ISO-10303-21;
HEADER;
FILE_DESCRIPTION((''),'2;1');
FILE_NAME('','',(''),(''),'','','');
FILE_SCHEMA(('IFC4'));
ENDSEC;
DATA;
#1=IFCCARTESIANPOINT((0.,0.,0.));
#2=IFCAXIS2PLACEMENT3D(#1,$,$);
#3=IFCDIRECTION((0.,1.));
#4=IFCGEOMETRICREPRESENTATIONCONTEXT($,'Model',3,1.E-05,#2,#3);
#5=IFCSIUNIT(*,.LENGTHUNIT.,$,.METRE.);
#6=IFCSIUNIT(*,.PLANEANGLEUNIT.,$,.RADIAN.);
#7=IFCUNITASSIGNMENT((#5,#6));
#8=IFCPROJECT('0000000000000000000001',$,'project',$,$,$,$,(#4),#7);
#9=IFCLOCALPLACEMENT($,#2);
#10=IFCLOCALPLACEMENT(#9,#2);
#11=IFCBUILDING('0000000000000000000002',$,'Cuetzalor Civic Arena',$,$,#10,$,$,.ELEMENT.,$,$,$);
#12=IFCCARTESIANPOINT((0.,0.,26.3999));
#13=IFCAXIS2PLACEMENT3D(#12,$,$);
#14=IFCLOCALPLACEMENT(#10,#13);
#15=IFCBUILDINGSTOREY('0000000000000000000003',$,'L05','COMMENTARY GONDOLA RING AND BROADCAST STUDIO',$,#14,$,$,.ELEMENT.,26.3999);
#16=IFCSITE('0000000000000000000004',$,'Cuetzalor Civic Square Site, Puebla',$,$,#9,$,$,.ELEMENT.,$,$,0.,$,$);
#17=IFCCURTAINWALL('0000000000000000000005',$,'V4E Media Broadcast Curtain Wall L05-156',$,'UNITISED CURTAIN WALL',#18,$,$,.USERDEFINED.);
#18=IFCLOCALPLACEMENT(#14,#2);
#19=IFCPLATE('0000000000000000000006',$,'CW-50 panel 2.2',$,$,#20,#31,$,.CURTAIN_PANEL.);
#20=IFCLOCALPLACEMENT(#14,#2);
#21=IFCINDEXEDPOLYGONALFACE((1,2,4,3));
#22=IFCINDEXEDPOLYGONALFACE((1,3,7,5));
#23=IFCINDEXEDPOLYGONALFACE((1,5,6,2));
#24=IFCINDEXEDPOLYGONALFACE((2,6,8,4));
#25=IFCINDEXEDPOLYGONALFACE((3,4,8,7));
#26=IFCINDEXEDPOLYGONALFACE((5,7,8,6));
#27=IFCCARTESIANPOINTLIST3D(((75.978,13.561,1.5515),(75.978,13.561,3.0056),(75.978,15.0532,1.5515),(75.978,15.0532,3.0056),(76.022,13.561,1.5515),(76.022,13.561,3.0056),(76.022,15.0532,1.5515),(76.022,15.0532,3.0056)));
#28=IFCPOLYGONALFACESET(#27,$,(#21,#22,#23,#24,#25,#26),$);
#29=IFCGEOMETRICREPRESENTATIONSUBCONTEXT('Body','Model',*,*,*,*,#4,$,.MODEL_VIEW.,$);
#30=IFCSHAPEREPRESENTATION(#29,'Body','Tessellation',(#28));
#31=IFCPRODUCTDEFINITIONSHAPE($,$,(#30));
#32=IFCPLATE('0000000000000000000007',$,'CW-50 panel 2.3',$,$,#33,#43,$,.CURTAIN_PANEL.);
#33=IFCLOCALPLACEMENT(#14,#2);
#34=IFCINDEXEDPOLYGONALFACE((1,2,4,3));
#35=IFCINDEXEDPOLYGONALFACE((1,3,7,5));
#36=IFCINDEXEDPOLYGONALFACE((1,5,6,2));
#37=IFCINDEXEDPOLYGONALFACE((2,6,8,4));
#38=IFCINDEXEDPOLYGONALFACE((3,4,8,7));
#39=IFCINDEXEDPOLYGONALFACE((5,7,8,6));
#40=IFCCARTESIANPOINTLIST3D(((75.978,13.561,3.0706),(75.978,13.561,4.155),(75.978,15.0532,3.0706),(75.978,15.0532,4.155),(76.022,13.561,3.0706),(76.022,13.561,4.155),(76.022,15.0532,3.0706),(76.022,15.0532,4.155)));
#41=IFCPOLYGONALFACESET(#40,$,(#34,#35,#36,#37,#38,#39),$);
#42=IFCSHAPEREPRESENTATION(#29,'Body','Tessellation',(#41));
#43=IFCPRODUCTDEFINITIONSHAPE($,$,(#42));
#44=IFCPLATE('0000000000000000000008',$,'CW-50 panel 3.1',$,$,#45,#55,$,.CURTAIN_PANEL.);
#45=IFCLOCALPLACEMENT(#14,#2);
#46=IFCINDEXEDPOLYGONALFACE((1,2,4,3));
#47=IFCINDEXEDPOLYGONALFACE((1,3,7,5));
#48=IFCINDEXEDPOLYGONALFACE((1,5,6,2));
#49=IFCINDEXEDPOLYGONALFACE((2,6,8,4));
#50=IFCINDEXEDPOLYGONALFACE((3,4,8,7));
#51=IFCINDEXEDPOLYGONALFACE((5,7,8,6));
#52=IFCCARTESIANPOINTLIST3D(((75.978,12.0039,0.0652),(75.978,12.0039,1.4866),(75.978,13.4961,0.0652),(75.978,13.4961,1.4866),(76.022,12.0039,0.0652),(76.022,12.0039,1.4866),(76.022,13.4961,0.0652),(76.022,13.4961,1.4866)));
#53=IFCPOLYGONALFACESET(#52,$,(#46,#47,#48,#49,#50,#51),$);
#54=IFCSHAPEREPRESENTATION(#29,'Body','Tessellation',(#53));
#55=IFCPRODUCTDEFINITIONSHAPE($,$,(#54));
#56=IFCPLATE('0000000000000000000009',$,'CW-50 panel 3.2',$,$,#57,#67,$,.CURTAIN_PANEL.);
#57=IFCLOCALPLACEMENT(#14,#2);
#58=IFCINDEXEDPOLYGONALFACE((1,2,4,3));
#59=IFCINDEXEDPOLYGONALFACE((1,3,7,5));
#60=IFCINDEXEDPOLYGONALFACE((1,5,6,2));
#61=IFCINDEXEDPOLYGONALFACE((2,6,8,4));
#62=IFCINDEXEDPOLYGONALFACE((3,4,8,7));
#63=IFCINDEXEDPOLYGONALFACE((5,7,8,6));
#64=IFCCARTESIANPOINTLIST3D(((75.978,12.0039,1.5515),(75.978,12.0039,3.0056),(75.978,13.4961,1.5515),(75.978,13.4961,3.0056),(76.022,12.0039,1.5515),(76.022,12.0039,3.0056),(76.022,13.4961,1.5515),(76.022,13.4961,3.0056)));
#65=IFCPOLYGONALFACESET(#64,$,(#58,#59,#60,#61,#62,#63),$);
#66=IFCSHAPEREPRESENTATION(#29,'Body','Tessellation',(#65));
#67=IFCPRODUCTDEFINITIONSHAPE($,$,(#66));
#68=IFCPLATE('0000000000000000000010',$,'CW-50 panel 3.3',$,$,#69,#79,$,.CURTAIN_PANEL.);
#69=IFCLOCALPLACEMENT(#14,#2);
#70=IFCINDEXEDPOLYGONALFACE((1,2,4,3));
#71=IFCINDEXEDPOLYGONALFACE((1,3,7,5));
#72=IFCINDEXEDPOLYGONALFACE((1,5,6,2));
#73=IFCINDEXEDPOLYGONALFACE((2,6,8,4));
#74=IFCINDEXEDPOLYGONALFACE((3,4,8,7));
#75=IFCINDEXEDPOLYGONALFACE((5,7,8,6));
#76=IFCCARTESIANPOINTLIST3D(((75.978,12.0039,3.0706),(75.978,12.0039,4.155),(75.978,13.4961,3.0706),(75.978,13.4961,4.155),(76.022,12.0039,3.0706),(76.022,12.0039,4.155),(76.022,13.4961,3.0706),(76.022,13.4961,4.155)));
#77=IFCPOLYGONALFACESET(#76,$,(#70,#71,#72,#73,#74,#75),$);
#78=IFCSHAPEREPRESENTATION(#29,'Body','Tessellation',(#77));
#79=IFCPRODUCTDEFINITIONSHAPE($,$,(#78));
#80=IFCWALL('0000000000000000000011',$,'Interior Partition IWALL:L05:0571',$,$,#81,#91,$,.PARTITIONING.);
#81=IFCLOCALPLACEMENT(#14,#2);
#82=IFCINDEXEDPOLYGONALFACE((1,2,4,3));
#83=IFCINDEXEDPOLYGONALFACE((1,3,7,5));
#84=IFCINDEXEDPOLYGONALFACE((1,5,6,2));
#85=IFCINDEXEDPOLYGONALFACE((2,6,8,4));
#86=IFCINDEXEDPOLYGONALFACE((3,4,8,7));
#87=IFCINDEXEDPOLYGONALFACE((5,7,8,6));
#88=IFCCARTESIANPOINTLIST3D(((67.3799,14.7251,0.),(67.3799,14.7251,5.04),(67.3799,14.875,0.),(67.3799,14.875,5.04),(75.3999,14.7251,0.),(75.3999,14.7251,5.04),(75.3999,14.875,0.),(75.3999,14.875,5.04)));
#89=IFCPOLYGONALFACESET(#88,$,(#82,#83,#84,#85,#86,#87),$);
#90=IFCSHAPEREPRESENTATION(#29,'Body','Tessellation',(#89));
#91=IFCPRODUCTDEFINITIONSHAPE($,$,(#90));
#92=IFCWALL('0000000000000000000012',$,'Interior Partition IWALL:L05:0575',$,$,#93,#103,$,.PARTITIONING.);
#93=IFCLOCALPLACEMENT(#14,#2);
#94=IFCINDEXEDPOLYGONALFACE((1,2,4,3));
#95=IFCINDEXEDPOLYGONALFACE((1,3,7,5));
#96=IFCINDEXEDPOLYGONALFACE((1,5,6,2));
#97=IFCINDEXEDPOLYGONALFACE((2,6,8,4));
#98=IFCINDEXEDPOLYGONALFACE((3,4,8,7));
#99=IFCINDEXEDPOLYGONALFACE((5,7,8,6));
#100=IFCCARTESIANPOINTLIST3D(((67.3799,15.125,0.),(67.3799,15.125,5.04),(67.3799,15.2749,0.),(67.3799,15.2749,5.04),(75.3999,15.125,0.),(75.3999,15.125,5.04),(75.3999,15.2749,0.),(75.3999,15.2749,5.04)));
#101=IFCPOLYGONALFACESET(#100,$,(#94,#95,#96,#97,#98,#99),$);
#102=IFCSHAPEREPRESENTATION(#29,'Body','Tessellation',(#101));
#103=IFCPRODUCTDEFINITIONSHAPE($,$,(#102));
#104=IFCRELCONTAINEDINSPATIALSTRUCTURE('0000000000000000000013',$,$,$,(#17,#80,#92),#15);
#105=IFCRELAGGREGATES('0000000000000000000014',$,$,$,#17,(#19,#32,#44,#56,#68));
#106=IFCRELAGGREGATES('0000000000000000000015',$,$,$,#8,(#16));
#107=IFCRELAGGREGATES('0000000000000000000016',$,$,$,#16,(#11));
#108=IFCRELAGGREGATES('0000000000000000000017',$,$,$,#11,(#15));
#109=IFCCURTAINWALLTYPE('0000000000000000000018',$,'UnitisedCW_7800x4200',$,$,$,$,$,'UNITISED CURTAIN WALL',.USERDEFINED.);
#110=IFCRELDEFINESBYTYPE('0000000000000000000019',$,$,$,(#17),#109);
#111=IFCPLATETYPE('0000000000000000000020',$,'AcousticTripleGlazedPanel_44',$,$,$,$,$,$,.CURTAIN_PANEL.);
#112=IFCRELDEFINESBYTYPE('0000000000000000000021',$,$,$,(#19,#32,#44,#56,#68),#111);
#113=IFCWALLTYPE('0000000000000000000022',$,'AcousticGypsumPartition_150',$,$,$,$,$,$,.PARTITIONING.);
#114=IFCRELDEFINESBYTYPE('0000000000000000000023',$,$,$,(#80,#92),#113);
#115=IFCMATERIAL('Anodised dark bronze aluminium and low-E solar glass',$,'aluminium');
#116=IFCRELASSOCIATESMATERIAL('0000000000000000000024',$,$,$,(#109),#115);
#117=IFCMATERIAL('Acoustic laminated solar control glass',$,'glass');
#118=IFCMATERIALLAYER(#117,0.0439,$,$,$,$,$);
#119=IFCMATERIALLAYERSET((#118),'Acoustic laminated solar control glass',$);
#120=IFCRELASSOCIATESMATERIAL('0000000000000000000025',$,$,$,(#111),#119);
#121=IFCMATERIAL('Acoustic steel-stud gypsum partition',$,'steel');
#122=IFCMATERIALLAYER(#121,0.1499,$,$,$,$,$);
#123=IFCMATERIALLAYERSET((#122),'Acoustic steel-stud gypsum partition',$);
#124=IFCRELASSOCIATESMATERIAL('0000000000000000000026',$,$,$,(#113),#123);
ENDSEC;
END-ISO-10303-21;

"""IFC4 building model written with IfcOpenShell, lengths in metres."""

from ifc_helpers import new_model, si_unit, direction, frame, frame_2d, origin, origin_2d, place, context, subcontext, project, spatial, rectangle, extrude, material, layer, layer_set, type_object, element, aggregate, save


model = new_model("IFC4")

# Units and contexts
model_context = context("Model", 3, precision=1e-05, world=origin(), true_north=direction((0.0, 1.0)))
body_context = subcontext(model_context, "Body", "Model", "MODEL_VIEW")
ifc_project = project(units=[si_unit("LENGTHUNIT", "METRE"), si_unit("PLANEANGLEUNIT", "RADIAN")], contexts=[model_context])

# Site, building, storey
site_placement = place(None, origin())
site = spatial("IfcSite", under=ifc_project, at=site_placement, Name="Cuetzalor Civic Square Site, Puebla", CompositionType="ELEMENT", RefElevation=0.0)
building_placement = place(site_placement, origin())
building = spatial("IfcBuilding", under=site, at=building_placement, Name="Cuetzalor Civic Arena", CompositionType="ELEMENT")
storey_placement = place(building_placement, frame((0.0, 0.0, 26.3999)))
storey = spatial("IfcBuildingStorey", under=building, at=storey_placement, Name="L05", Description="COMMENTARY GONDOLA RING AND BROADCAST STUDIO", CompositionType="ELEMENT", Elevation=26.3999)

# Curtain wall
ifc_material_1 = material(Name="Anodised dark bronze aluminium and low-E solar glass", Category="aluminium")
curtain_wall_type = type_object("IfcCurtainWallType", Name="UnitisedCW_7800x4200", ElementType="UNITISED CURTAIN WALL", PredefinedType="USERDEFINED", material=ifc_material_1)
curtain_wall_placement = place(storey_placement, origin())
curtain_wall = element("IfcCurtainWall", 1, at=curtain_wall_placement, inside=storey, type_object=curtain_wall_type, Name="V4E Media Broadcast Curtain Wall L05-156", ObjectType="UNITISED CURTAIN WALL", PredefinedType="USERDEFINED")

# Plates
ifc_material_2 = material(Name="Acoustic laminated solar control glass", Category="glass")
ifc_layer_1 = layer(ifc_material_2, 0.0439)
ifc_layer_set_1 = layer_set([ifc_layer_1], Name="Acoustic laminated solar control glass")
plate_type = type_object("IfcPlateType", Name="AcousticTripleGlazedPanel_44", PredefinedType="CURTAIN_PANEL", material=ifc_layer_set_1)
plate_1_placement = place(storey_placement, frame((76.0, 14.3071, 1.5515), z_axis=(0.0, 0.0, 1.0), x_axis=(0.0, -1.0, 0.0)))
plate_1 = element("IfcPlate", 2, at=plate_1_placement, type_object=plate_type, Name="CW-50 panel 2.2", PredefinedType="CURTAIN_PANEL", context=body_context, shape_type="SweptSolid", body=[
    extrude(rectangle(XDim=1.4922, YDim=0.0439, at=origin_2d()), origin(), (0.0, 0.0, 1.0), 1.4541),
])
plate_2_placement = place(storey_placement, frame((76.0, 14.3071, 3.0706), z_axis=(0.0, 0.0, 1.0), x_axis=(0.0, -1.0, 0.0)))
plate_2 = element("IfcPlate", 3, at=plate_2_placement, type_object=plate_type, Name="CW-50 panel 2.3", PredefinedType="CURTAIN_PANEL", context=body_context, shape_type="SweptSolid", body=[
    extrude(rectangle(XDim=1.4922, YDim=0.0439, at=origin_2d()), origin(), (0.0, 0.0, 1.0), 1.0845),
])
plate_3_placement = place(storey_placement, frame((76.0, 12.75, 0.0652), z_axis=(0.0, 0.0, 1.0), x_axis=(0.0, -1.0, 0.0)))
plate_3 = element("IfcPlate", 4, at=plate_3_placement, type_object=plate_type, Name="CW-50 panel 3.1", PredefinedType="CURTAIN_PANEL", context=body_context, shape_type="SweptSolid", body=[
    extrude(rectangle(XDim=1.4922, YDim=0.0439, at=origin_2d()), origin(), (0.0, 0.0, 1.0), 1.4214),
])
plate_4_placement = place(storey_placement, frame((76.0, 12.75, 1.5515), z_axis=(0.0, 0.0, 1.0), x_axis=(0.0, -1.0, 0.0)))
plate_4 = element("IfcPlate", 5, at=plate_4_placement, type_object=plate_type, Name="CW-50 panel 3.2", PredefinedType="CURTAIN_PANEL", context=body_context, shape_type="SweptSolid", body=[
    extrude(rectangle(XDim=1.4922, YDim=0.0439, at=origin_2d()), origin(), (0.0, 0.0, 1.0), 1.4541),
])
plate_5_placement = place(storey_placement, frame((76.0, 12.75, 3.0706), z_axis=(0.0, 0.0, 1.0), x_axis=(0.0, -1.0, 0.0)))
plate_5 = element("IfcPlate", 6, at=plate_5_placement, type_object=plate_type, Name="CW-50 panel 3.3", PredefinedType="CURTAIN_PANEL", context=body_context, shape_type="SweptSolid", body=[
    extrude(rectangle(XDim=1.4922, YDim=0.0439, at=origin_2d()), origin(), (0.0, 0.0, 1.0), 1.0845),
])
aggregate(curtain_wall, [plate_1, plate_2, plate_3, plate_4, plate_5])

# Walls
ifc_material_3 = material(Name="Acoustic steel-stud gypsum partition", Category="steel")
ifc_layer_2 = layer(ifc_material_3, 0.1499)
ifc_layer_set_2 = layer_set([ifc_layer_2], Name="Acoustic steel-stud gypsum partition")
wall_type = type_object("IfcWallType", Name="AcousticGypsumPartition_150", PredefinedType="PARTITIONING", material=ifc_layer_set_2)
for number, where, z_axis, x_axis, name in (
    (7, (67.3799, 14.8, 0.0), (0.0, 0.0, 1.0), (1.0, 0.0, 0.0), "Interior Partition IWALL:L05:0571"),
    (8, (75.3999, 15.2, 0.0), (0.0, 0.0, 1.0), (-1.0, 0.0, 0.0), "Interior Partition IWALL:L05:0575"),
):
    element("IfcWall", number, at=place(storey_placement, frame(where, z_axis=z_axis, x_axis=x_axis)), inside=storey, type_object=wall_type, Name=name, PredefinedType="PARTITIONING", context=body_context, shape_type="SweptSolid", body=[
        extrude(rectangle(XDim=8.02, YDim=0.1499, at=frame_2d((4.01, 0.0))), origin(), (0.0, 0.0, 1.0), 5.04),
    ])

save(model, "model.ifc")
